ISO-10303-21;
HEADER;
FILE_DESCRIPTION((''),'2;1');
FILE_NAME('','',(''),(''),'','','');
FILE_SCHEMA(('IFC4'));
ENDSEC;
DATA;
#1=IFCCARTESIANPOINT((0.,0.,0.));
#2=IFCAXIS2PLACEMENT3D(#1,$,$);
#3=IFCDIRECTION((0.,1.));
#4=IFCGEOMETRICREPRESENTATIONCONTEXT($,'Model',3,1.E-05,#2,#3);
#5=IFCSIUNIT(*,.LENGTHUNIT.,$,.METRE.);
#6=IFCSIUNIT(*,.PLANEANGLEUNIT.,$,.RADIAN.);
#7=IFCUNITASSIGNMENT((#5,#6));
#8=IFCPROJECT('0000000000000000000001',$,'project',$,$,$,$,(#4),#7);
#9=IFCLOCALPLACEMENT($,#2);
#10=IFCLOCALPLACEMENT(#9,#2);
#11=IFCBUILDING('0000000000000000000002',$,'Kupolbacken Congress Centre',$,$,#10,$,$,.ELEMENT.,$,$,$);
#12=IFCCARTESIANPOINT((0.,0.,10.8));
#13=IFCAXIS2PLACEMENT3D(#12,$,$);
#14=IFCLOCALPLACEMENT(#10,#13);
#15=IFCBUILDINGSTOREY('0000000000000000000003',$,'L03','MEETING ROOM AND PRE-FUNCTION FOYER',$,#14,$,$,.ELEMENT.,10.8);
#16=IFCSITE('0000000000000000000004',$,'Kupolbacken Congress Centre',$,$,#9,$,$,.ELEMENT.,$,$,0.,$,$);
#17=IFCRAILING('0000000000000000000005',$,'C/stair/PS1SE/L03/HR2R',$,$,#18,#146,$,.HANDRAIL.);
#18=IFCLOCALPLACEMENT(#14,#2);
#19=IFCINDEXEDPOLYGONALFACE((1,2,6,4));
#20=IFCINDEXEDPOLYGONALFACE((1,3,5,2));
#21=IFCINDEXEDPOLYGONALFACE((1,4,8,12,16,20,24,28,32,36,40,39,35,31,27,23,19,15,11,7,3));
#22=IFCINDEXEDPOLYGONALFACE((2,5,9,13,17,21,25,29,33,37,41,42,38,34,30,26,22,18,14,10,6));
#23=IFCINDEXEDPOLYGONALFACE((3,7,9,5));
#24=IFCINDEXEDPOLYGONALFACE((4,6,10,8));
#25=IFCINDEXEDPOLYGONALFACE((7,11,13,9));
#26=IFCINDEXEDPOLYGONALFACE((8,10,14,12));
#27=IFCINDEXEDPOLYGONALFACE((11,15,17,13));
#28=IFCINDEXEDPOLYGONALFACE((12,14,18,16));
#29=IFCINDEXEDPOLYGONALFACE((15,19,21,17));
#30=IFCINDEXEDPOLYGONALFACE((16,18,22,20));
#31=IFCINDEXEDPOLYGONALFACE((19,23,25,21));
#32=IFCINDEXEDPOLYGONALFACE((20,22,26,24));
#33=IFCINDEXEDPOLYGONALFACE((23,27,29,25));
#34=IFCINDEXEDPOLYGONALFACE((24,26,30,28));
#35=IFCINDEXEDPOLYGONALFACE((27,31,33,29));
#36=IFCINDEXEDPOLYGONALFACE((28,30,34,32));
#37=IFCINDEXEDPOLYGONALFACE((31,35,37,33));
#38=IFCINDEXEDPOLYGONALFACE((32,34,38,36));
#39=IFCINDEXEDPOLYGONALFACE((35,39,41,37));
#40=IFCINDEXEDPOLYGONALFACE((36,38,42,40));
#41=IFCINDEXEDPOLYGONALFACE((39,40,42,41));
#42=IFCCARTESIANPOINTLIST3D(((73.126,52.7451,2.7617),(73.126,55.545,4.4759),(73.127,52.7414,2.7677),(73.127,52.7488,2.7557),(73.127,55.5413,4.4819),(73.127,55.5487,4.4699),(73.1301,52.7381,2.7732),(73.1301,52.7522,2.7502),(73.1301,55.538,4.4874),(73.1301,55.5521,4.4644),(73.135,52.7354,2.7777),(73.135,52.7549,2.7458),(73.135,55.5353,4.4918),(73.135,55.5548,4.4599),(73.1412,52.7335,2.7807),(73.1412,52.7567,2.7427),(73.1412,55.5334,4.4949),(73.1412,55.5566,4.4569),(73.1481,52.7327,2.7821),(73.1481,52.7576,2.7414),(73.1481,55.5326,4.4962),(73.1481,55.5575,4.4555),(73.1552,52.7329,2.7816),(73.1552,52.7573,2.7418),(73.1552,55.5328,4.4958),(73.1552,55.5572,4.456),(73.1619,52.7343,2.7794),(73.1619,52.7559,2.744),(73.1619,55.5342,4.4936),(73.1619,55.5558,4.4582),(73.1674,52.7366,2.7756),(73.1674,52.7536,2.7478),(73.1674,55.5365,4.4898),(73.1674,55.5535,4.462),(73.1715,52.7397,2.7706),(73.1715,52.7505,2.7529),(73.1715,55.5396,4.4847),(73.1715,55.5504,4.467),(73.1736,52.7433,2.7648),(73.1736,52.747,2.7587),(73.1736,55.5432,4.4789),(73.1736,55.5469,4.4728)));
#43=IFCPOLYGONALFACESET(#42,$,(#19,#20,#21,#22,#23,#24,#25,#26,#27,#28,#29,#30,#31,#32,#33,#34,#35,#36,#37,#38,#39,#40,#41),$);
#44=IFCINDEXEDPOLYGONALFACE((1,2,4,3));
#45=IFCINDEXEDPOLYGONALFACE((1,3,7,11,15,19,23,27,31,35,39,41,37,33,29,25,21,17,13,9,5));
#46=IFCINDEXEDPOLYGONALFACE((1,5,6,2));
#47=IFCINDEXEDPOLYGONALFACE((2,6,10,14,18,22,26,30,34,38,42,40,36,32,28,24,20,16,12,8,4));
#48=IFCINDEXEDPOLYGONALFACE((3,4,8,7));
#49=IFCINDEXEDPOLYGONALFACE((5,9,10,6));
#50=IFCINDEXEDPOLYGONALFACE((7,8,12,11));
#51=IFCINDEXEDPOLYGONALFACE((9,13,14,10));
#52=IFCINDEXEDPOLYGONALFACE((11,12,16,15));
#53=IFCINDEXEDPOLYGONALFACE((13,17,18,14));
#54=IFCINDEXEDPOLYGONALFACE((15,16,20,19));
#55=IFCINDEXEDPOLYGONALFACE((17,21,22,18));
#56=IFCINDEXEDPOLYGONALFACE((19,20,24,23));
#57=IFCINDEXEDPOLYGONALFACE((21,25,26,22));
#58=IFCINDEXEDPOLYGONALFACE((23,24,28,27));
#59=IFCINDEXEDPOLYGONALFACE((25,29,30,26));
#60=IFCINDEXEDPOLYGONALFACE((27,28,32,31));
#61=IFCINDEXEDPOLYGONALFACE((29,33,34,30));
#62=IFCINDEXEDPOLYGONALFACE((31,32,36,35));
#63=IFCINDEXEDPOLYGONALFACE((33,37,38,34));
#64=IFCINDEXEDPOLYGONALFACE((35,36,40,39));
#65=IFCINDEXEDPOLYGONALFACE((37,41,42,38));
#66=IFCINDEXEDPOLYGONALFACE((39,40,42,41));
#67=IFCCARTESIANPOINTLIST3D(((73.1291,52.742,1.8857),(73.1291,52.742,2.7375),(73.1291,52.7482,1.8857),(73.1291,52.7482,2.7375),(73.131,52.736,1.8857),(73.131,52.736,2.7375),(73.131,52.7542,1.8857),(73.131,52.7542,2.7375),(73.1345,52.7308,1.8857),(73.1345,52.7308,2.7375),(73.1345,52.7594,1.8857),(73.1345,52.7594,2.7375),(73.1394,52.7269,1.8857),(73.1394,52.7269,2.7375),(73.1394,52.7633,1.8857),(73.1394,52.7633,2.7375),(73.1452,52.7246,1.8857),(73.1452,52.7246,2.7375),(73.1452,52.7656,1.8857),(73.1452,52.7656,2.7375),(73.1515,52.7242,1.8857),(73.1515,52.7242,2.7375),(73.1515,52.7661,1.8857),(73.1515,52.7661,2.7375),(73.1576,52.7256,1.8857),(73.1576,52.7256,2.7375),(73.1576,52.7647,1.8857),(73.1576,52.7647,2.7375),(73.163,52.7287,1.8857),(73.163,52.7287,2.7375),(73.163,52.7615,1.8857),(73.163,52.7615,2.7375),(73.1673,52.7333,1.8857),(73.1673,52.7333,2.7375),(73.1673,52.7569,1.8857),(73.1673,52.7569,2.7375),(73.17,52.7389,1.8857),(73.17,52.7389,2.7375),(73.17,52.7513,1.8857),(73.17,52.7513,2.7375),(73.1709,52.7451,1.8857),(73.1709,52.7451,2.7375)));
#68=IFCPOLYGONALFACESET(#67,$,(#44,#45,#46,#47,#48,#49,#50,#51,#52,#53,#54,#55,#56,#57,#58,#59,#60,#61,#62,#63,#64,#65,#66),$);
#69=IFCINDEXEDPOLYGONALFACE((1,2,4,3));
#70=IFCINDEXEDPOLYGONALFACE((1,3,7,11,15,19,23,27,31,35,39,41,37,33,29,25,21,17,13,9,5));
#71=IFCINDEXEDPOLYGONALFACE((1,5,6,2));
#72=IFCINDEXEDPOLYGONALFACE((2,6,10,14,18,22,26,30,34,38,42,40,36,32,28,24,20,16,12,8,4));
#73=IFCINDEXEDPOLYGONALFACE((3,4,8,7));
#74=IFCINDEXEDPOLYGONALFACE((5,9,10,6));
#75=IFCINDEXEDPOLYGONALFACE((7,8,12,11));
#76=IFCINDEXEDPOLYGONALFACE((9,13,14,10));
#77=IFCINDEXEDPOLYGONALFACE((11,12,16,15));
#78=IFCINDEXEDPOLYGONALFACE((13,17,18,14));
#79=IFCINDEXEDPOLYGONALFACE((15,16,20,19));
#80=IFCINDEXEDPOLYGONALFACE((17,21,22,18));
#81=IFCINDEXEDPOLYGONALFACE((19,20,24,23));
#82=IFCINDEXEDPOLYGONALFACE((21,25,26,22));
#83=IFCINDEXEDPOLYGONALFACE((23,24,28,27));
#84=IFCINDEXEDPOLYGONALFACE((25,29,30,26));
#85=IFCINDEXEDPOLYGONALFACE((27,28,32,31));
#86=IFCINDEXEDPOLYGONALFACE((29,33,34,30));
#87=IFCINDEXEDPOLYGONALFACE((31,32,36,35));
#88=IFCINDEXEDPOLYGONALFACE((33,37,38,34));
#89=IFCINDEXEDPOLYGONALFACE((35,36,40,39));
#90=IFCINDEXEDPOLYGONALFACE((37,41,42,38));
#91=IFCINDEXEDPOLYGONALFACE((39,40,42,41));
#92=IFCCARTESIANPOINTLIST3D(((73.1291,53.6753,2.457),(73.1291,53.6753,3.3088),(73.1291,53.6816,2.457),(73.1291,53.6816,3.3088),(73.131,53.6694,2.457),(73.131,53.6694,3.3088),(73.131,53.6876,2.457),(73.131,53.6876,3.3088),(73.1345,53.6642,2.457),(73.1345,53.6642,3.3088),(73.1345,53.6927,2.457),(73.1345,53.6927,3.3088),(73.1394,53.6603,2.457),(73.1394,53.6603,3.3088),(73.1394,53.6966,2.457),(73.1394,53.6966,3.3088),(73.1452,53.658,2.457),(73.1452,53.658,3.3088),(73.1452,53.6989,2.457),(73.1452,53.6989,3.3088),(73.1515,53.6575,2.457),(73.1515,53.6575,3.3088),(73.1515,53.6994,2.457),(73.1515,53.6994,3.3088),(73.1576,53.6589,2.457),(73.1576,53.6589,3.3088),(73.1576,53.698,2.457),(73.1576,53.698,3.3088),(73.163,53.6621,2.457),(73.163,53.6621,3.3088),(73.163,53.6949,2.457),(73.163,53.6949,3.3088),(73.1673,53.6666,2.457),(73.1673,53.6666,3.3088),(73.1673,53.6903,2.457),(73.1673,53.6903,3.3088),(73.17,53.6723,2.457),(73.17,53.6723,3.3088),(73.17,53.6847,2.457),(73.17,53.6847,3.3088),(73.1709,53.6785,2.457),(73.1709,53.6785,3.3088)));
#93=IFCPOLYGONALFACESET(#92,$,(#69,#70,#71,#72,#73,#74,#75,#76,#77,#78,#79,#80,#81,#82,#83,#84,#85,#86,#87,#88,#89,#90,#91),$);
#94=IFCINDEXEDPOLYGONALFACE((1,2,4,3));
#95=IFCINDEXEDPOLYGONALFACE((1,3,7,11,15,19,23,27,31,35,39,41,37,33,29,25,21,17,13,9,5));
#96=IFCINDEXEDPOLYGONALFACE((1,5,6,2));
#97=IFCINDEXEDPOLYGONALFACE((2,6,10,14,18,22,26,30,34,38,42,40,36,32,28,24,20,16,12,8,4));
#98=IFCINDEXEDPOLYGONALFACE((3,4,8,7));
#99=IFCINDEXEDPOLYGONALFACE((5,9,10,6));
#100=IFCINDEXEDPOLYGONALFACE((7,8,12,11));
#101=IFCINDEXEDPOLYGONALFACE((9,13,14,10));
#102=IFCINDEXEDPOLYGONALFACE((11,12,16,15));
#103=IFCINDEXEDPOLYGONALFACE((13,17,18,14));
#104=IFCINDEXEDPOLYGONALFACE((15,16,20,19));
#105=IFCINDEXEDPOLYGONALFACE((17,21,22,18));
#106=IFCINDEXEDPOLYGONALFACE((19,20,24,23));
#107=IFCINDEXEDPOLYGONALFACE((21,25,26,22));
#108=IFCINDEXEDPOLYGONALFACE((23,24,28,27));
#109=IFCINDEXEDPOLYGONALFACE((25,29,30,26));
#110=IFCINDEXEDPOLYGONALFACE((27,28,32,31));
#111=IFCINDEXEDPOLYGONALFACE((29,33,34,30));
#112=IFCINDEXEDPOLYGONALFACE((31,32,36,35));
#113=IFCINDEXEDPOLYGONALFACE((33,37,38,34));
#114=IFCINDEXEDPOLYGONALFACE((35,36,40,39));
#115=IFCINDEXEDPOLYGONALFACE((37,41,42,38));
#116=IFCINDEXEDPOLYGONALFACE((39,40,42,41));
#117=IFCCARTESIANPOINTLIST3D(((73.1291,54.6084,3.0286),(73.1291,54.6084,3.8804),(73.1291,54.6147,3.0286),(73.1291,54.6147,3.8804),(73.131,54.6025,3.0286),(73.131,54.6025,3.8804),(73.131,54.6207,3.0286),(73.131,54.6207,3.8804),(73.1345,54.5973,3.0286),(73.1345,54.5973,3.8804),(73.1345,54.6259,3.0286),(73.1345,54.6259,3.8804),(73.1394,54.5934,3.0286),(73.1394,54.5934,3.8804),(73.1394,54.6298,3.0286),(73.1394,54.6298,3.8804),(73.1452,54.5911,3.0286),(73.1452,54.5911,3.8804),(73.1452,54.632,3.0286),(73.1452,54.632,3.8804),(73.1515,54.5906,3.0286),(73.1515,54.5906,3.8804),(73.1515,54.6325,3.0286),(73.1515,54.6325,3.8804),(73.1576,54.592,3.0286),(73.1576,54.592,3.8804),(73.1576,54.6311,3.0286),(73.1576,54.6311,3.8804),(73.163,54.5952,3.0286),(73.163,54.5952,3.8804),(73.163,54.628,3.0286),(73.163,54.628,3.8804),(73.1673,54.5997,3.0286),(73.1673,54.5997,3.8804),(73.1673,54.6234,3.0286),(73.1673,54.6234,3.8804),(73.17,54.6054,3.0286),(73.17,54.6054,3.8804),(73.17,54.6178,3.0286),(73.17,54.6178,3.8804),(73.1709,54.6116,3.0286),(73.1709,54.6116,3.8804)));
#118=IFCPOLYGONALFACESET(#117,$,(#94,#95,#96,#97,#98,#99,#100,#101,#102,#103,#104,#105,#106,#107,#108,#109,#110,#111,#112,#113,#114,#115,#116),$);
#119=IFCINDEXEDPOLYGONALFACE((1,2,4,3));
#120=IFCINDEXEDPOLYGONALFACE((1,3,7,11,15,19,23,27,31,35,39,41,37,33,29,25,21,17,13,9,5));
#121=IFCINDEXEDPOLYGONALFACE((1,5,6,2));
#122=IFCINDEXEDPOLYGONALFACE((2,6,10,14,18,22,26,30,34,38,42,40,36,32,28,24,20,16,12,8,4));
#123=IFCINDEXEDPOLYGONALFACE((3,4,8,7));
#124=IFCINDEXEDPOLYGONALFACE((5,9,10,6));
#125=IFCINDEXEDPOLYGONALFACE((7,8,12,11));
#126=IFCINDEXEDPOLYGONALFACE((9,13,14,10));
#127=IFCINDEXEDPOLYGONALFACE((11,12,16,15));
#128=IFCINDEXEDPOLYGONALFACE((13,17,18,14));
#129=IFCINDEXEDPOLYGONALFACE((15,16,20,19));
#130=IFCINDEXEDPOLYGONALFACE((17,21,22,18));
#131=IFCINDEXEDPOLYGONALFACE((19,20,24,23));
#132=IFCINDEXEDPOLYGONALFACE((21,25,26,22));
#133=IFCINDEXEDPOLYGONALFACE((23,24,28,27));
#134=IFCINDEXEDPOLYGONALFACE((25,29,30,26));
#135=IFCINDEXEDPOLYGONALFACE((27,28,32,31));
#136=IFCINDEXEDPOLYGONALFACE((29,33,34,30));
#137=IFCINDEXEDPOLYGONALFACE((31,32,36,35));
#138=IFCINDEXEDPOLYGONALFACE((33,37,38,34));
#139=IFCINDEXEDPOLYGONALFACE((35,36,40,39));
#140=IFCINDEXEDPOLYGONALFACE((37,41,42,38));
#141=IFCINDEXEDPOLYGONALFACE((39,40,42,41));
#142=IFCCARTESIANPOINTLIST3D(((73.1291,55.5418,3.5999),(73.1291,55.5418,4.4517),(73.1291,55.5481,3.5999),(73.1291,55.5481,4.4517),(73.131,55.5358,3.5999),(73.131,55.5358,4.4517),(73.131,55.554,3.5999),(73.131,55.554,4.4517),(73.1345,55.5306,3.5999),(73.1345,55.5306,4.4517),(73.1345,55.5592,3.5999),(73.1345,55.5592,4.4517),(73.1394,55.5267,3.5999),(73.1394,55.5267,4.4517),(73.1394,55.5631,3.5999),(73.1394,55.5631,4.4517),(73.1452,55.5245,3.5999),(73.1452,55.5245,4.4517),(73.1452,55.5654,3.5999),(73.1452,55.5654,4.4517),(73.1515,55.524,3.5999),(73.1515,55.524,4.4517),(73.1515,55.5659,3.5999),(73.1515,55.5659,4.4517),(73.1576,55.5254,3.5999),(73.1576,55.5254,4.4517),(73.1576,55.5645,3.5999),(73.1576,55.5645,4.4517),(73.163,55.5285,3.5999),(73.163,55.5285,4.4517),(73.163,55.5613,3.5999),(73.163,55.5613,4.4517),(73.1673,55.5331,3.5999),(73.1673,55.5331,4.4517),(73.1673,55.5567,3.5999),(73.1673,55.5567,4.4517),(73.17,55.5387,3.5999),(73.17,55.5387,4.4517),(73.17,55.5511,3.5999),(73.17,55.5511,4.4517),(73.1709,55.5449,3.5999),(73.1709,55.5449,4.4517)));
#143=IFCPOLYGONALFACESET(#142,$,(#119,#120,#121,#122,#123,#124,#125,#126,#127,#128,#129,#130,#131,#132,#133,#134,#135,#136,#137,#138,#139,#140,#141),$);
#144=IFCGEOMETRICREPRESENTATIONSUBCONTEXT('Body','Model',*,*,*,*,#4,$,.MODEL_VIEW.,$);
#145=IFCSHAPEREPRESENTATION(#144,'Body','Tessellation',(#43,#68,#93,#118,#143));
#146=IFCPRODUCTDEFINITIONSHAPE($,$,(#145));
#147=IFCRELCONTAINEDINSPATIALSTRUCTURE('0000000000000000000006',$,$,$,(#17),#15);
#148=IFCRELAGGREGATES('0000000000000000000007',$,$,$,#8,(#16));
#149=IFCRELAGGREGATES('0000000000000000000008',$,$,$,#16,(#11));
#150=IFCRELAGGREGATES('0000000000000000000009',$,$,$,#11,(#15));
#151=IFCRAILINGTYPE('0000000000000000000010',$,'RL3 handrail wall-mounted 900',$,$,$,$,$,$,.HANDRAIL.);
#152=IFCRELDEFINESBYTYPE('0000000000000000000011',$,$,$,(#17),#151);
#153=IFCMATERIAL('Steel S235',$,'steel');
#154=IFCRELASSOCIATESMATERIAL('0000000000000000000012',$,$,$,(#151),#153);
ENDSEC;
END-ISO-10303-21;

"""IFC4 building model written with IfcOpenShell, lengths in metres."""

from ifc_helpers import new_model, si_unit, direction, frame, origin, origin_2d, place, context, subcontext, project, spatial, circle, extrude, material, type_object, element, save


model = new_model("IFC4")

# Units and contexts
model_context = context("Model", 3, precision=1e-05, world=origin(), true_north=direction((0.0, 1.0)))
body_context = subcontext(model_context, "Body", "Model", "MODEL_VIEW")
ifc_project = project(units=[si_unit("LENGTHUNIT", "METRE"), si_unit("PLANEANGLEUNIT", "RADIAN")], contexts=[model_context])

# Site, building, storey
site_placement = place(None, origin())
site = spatial("IfcSite", under=ifc_project, at=site_placement, Name="Kupolbacken Congress Centre", CompositionType="ELEMENT", RefElevation=0.0)
building_placement = place(site_placement, origin())
building = spatial("IfcBuilding", under=site, at=building_placement, Name="Kupolbacken Congress Centre", CompositionType="ELEMENT")
storey_placement = place(building_placement, frame((0.0, 0.0, 10.8)))
storey = spatial("IfcBuildingStorey", under=building, at=storey_placement, Name="L03", Description="MEETING ROOM AND PRE-FUNCTION FOYER", CompositionType="ELEMENT", Elevation=10.8)

# Railing
ifc_material_1 = material(Name="Steel S235", Category="steel")
railing_type = type_object("IfcRailingType", Name="RL3 handrail wall-mounted 900", PredefinedType="HANDRAIL", material=ifc_material_1)
for number, where, name in (
    (1, (73.1499, 52.7451, 1.8857), "C/stair/PS1SE/L03/HR2R"),
):
    element("IfcRailing", number, at=place(storey_placement, frame(where)), inside=storey, type_object=railing_type, Name=name, PredefinedType="HANDRAIL", context=body_context, shape_type="SweptSolid", body=[
        extrude(circle(Radius=0.0239, at=origin_2d()), frame((0.0, 0.0, 0.876), z_axis=(0.0, 0.852859, 0.522142), x_axis=(-1.0, 0.0, 0.0)), (0.0, 0.0, 1.0), 3.283),
        extrude(circle(Radius=0.021, at=origin_2d()), origin(), (0.0, 0.0, 1.0), 0.8518),
        extrude(circle(Radius=0.021, at=origin_2d()), frame((0.0, 0.9333, 0.5713)), (0.0, 0.0, 1.0), 0.8518),
        extrude(circle(Radius=0.021, at=origin_2d()), frame((0.0, 1.8665, 1.1428)), (0.0, 0.0, 1.0), 0.8518),
        extrude(circle(Radius=0.021, at=origin_2d()), frame((0.0, 2.7998, 1.7141)), (0.0, 0.0, 1.0), 0.8518),
    ])

save(model, "model.ifc")
